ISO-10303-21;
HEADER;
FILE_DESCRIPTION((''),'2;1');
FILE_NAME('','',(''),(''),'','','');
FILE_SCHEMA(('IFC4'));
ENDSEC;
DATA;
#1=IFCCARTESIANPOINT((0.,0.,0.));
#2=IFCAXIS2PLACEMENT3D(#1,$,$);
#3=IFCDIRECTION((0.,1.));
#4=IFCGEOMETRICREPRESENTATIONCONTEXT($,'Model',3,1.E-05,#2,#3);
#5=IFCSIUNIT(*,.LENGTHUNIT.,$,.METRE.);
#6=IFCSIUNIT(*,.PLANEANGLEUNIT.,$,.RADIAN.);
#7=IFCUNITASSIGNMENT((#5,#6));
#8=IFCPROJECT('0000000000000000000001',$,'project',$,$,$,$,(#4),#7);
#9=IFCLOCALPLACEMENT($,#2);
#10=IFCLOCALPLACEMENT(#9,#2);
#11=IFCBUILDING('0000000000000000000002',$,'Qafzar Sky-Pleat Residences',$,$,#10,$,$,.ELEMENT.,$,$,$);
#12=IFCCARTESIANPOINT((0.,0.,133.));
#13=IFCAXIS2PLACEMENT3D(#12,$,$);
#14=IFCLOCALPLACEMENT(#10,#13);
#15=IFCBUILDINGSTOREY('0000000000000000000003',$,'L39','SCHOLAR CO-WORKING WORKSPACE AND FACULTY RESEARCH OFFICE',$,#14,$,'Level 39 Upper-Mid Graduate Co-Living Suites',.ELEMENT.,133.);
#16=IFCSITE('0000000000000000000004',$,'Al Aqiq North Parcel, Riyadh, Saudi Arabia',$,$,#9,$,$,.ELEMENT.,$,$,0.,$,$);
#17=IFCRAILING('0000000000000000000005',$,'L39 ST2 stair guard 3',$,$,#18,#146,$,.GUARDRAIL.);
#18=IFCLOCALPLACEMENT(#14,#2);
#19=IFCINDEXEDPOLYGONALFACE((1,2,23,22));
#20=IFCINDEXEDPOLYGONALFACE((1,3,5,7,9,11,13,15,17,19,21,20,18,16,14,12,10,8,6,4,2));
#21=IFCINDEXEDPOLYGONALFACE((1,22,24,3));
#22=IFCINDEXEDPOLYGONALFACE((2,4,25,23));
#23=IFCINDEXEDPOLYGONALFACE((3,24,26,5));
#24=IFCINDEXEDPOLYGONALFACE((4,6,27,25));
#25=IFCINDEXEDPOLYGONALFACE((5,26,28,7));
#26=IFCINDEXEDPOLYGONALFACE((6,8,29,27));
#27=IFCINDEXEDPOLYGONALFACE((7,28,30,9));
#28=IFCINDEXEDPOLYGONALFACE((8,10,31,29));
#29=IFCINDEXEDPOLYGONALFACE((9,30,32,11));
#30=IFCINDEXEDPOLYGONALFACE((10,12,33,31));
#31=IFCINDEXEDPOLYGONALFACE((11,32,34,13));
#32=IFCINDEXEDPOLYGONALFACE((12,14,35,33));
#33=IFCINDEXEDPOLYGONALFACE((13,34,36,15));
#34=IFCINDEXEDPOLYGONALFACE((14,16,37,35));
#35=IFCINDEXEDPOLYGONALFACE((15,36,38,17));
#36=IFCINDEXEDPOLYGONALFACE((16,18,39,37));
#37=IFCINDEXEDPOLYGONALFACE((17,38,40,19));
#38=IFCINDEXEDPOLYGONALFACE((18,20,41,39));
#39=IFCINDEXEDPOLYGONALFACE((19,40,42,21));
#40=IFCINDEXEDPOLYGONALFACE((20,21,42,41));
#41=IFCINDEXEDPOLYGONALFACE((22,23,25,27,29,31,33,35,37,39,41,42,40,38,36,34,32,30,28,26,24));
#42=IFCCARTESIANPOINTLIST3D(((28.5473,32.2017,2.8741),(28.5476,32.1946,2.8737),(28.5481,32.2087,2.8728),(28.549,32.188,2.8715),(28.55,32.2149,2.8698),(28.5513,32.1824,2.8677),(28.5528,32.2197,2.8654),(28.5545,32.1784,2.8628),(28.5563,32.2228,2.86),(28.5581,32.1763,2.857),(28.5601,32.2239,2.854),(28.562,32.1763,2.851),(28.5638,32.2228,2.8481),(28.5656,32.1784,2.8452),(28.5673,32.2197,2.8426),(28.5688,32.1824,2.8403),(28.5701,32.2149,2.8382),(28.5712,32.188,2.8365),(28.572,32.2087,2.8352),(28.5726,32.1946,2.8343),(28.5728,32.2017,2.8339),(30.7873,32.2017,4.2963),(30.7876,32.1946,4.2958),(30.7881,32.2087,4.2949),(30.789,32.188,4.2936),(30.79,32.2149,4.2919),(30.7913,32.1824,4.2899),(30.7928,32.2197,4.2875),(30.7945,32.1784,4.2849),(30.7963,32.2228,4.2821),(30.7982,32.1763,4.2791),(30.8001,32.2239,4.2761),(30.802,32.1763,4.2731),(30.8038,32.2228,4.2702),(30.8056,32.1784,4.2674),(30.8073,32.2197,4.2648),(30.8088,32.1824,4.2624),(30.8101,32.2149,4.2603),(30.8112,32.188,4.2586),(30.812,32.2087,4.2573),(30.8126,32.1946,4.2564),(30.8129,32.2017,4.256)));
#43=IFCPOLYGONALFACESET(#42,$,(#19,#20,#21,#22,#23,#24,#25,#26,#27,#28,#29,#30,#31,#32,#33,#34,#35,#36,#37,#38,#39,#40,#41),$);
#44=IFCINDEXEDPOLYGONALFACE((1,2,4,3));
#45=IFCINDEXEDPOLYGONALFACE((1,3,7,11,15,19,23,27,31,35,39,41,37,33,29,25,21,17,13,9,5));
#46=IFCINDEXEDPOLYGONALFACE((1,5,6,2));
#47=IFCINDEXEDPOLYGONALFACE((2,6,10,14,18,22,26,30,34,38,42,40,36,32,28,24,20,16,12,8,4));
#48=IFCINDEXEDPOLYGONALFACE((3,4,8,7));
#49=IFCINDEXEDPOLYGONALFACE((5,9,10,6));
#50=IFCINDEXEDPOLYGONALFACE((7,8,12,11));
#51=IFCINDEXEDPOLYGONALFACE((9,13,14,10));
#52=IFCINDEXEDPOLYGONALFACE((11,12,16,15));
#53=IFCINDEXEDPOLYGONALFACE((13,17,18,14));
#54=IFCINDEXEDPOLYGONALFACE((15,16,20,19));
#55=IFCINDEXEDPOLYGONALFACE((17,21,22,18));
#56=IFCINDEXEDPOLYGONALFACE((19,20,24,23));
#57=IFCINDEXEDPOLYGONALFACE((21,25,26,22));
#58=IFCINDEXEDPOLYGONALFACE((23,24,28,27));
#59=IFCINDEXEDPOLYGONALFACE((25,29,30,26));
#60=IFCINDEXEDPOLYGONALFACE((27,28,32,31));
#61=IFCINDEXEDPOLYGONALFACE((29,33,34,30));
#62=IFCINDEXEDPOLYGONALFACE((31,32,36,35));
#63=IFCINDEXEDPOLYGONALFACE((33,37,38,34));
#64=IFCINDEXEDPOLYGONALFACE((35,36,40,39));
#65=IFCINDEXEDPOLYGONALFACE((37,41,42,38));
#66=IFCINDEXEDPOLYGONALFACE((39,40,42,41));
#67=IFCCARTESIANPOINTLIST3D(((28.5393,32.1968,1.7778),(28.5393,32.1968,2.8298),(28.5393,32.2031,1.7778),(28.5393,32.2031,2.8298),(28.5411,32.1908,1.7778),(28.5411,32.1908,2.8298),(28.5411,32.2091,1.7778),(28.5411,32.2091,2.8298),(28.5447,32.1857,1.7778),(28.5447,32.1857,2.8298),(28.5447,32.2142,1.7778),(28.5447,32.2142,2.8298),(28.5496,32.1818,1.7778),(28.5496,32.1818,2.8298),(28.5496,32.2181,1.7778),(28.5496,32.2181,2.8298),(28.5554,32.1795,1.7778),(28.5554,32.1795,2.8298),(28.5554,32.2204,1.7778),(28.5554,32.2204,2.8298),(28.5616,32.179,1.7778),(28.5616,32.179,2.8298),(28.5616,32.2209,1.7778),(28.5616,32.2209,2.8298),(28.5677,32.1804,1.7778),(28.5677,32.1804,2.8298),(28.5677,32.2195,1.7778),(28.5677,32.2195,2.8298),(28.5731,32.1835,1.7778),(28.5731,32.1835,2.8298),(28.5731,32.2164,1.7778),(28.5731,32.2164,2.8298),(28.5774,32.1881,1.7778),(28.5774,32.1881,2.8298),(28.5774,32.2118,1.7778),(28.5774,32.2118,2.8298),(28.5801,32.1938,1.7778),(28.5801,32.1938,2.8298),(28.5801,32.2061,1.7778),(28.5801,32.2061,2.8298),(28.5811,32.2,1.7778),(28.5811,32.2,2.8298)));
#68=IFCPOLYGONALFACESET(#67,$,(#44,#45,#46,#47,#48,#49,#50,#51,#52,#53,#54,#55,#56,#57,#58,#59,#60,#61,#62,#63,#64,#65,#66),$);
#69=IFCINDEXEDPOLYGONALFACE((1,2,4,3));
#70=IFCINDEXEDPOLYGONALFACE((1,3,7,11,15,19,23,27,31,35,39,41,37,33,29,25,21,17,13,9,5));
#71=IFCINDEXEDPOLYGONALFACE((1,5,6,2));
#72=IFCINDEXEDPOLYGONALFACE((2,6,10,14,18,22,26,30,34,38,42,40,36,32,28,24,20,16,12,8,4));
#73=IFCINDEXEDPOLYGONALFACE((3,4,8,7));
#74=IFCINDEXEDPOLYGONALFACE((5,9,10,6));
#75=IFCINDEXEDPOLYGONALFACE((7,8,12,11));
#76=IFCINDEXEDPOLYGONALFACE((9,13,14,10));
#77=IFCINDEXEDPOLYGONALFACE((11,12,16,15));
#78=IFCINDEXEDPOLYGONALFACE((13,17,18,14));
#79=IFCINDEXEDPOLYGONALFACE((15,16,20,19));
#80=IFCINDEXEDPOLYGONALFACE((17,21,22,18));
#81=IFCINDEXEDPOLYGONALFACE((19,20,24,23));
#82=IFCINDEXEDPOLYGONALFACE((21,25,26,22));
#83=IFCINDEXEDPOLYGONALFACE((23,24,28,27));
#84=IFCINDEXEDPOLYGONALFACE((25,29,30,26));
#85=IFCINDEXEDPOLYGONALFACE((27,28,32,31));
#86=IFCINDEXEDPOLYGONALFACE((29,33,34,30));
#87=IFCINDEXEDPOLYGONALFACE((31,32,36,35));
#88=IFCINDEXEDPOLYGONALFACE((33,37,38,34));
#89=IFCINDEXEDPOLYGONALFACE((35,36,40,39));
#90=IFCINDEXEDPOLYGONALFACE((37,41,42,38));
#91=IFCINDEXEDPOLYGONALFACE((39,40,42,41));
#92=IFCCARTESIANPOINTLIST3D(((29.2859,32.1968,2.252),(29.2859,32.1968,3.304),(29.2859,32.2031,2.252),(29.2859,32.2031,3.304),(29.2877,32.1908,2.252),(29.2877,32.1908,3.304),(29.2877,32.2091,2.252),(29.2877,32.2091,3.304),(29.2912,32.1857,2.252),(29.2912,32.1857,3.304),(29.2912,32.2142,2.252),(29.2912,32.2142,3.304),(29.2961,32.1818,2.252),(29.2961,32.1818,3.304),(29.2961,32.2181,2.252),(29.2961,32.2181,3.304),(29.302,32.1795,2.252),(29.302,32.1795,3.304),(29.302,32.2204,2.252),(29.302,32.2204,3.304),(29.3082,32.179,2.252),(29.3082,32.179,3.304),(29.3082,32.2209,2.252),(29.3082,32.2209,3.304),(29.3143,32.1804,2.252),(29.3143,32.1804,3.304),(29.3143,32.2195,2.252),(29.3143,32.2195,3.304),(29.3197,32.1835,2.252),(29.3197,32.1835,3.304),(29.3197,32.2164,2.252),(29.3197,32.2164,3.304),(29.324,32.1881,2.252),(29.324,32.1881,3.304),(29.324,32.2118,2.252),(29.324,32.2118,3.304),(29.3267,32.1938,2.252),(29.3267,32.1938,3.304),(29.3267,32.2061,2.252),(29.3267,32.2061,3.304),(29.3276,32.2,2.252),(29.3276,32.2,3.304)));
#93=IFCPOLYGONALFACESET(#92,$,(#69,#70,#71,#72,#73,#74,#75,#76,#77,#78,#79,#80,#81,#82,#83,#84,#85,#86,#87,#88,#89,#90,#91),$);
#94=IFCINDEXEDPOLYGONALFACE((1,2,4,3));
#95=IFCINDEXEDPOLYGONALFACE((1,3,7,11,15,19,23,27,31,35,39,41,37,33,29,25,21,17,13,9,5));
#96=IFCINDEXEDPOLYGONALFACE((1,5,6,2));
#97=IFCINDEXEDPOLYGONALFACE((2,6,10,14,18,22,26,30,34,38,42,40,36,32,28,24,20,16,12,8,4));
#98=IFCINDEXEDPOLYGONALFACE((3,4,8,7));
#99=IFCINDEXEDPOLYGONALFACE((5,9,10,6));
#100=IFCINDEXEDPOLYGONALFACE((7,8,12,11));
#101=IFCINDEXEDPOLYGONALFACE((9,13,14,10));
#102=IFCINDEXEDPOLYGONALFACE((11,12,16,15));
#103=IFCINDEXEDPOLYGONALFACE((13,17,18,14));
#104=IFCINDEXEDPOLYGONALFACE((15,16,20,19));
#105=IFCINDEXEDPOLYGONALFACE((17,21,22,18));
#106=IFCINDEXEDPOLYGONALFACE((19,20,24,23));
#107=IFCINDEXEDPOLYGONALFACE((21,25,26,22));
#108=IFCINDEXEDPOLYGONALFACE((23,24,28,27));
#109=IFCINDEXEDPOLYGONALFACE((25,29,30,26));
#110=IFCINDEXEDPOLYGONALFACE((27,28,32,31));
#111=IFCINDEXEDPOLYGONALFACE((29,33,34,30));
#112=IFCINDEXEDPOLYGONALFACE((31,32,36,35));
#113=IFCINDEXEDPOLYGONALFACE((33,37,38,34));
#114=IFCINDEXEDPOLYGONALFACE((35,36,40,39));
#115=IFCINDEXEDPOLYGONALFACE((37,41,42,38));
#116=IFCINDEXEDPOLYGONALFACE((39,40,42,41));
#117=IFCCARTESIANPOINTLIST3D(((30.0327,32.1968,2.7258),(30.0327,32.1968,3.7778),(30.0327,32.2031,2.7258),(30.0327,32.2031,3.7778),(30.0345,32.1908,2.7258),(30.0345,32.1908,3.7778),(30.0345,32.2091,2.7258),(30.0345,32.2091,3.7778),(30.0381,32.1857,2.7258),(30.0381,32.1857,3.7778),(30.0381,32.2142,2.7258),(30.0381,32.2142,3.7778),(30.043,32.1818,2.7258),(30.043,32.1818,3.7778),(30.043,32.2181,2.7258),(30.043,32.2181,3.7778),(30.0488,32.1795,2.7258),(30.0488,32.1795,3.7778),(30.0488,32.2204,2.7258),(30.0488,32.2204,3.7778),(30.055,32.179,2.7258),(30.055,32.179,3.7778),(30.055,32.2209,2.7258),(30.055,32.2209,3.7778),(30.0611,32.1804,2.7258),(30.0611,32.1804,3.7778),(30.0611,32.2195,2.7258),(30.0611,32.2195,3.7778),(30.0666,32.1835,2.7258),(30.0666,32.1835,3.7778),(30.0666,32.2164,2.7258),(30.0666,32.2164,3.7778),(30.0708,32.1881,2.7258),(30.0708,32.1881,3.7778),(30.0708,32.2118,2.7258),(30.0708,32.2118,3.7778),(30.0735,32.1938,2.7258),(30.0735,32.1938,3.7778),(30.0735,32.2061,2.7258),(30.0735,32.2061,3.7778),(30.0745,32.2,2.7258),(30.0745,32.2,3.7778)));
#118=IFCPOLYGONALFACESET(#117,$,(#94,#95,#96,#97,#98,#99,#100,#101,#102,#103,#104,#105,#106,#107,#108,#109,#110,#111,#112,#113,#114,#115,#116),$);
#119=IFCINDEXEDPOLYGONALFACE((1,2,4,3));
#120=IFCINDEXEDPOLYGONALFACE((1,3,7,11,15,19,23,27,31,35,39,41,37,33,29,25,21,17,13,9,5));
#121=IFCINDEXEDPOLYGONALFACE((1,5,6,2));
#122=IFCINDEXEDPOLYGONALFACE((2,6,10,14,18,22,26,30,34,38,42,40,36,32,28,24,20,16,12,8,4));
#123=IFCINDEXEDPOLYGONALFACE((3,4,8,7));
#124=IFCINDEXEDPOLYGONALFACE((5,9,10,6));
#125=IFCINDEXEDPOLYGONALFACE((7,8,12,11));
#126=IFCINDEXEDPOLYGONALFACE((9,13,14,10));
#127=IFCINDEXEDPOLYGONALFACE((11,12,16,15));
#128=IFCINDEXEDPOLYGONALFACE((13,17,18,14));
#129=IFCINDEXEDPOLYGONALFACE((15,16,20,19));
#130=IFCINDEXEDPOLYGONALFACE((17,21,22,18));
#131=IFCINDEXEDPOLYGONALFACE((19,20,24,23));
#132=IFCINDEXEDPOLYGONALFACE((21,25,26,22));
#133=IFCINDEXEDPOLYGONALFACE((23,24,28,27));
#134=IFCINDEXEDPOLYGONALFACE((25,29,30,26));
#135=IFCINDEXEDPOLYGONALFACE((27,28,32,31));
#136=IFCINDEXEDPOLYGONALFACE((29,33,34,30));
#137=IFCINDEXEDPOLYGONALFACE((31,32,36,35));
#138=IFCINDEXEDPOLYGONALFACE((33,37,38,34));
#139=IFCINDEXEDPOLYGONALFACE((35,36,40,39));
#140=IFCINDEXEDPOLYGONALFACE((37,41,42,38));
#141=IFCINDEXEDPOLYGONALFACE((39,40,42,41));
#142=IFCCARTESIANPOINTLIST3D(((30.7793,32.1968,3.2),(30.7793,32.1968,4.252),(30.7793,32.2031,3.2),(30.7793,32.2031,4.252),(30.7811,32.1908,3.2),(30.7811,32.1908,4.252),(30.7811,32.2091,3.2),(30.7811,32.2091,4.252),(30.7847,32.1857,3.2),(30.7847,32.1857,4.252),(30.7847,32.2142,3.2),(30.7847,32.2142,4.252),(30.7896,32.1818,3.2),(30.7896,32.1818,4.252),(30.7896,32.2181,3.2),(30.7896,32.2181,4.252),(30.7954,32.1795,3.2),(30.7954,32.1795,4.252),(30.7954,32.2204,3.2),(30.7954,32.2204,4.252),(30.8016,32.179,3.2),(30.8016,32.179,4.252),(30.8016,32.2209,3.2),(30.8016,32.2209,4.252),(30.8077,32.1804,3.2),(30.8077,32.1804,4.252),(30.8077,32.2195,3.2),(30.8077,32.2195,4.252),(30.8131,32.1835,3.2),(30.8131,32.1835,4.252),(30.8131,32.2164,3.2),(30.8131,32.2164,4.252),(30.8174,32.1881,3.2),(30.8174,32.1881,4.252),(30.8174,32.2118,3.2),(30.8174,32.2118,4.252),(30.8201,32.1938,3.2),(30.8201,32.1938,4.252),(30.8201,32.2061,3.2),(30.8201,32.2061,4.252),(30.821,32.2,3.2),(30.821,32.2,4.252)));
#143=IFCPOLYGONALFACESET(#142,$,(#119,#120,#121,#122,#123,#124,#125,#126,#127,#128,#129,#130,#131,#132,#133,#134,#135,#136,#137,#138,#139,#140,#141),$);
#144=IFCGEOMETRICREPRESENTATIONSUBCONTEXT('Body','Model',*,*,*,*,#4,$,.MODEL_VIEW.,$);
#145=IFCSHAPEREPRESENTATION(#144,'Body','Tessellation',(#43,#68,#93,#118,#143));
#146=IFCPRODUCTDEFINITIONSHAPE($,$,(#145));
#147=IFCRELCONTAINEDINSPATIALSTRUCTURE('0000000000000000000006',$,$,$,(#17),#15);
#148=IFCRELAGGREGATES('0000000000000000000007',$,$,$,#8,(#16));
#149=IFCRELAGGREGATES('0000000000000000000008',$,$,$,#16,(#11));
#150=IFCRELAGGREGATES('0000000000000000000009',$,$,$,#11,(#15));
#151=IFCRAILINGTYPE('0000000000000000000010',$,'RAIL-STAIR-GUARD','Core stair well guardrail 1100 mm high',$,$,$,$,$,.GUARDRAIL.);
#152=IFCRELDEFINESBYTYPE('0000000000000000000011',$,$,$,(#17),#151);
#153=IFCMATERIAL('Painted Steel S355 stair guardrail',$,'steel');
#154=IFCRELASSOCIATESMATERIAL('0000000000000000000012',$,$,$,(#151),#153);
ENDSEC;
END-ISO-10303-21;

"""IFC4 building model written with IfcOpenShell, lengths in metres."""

from ifc_helpers import new_model, si_unit, direction, frame, origin, origin_2d, place, context, subcontext, project, spatial, circle, extrude, source, transform, mapped, material, type_object, element, save


model = new_model("IFC4")

# Units and contexts
model_context = context("Model", 3, precision=1e-05, world=origin(), true_north=direction((0.0, 1.0)))
body_context = subcontext(model_context, "Body", "Model", "MODEL_VIEW")
ifc_project = project(units=[si_unit("LENGTHUNIT", "METRE"), si_unit("PLANEANGLEUNIT", "RADIAN")], contexts=[model_context])

# Site, building, storey
site_placement = place(None, origin())
site = spatial("IfcSite", under=ifc_project, at=site_placement, Name="Al Aqiq North Parcel, Riyadh, Saudi Arabia", CompositionType="ELEMENT", RefElevation=0.0)
building_placement = place(site_placement, origin())
building = spatial("IfcBuilding", under=site, at=building_placement, Name="Qafzar Sky-Pleat Residences", CompositionType="ELEMENT")
storey_placement = place(building_placement, frame((0.0, 0.0, 133.0)))
storey = spatial("IfcBuildingStorey", under=building, at=storey_placement, Name="L39", Description="SCHOLAR CO-WORKING WORKSPACE AND FACULTY RESEARCH OFFICE", LongName="Level 39 Upper-Mid Graduate Co-Living Suites", CompositionType="ELEMENT", Elevation=133.0)

# Railing
ifc_material_1 = material(Name="Painted Steel S355 stair guardrail", Category="steel")
railing_type_1 = type_object("IfcRailingType", Name="RAIL-STAIR-GUARD", Description="Core stair well guardrail 1100 mm high", PredefinedType="GUARDRAIL", material=ifc_material_1)
shared_shape_1 = source(origin(), body_context, "Body", "SweptSolid", [
    extrude(circle(Radius=0.0239, at=origin_2d()), frame((0.0, 0.0, 1.0762), z_axis=(0.844229, 0.0, 0.535982), x_axis=(0.0, 1.0, 0.0)), (0.0, 0.0, 1.0), 2.6533),
    extrude(circle(Radius=0.021, at=origin_2d()), origin(), (0.0, 0.0, 1.0), 1.052),
    extrude(circle(Radius=0.021, at=origin_2d()), frame((0.7466, 0.0, 0.4741)), (0.0, 0.0, 1.0), 1.052),
    extrude(circle(Radius=0.021, at=origin_2d()), frame((1.4934, 0.0, 0.948)), (0.0, 0.0, 1.0), 1.052),
    extrude(circle(Radius=0.021, at=origin_2d()), frame((2.24, 0.0, 1.4221)), (0.0, 0.0, 1.0), 1.052),
])
railing_1_placement = place(storey_placement, frame((28.5601, 32.2, 1.7778)))
element("IfcRailing", 1, at=railing_1_placement, inside=storey, type_object=railing_type_1, Name="L39 ST2 stair guard 3", PredefinedType="GUARDRAIL", context=body_context, shape_type="MappedRepresentation", body=[
    mapped(shared_shape_1, transform((0.0, 0.0, 0.0), x_axis=(1.0, 0.0, 0.0), y_axis=(0.0, 1.0, 0.0), z_axis=(0.0, 0.0, 1.0), scale=1.0)),
])

save(model, "model.ifc")
